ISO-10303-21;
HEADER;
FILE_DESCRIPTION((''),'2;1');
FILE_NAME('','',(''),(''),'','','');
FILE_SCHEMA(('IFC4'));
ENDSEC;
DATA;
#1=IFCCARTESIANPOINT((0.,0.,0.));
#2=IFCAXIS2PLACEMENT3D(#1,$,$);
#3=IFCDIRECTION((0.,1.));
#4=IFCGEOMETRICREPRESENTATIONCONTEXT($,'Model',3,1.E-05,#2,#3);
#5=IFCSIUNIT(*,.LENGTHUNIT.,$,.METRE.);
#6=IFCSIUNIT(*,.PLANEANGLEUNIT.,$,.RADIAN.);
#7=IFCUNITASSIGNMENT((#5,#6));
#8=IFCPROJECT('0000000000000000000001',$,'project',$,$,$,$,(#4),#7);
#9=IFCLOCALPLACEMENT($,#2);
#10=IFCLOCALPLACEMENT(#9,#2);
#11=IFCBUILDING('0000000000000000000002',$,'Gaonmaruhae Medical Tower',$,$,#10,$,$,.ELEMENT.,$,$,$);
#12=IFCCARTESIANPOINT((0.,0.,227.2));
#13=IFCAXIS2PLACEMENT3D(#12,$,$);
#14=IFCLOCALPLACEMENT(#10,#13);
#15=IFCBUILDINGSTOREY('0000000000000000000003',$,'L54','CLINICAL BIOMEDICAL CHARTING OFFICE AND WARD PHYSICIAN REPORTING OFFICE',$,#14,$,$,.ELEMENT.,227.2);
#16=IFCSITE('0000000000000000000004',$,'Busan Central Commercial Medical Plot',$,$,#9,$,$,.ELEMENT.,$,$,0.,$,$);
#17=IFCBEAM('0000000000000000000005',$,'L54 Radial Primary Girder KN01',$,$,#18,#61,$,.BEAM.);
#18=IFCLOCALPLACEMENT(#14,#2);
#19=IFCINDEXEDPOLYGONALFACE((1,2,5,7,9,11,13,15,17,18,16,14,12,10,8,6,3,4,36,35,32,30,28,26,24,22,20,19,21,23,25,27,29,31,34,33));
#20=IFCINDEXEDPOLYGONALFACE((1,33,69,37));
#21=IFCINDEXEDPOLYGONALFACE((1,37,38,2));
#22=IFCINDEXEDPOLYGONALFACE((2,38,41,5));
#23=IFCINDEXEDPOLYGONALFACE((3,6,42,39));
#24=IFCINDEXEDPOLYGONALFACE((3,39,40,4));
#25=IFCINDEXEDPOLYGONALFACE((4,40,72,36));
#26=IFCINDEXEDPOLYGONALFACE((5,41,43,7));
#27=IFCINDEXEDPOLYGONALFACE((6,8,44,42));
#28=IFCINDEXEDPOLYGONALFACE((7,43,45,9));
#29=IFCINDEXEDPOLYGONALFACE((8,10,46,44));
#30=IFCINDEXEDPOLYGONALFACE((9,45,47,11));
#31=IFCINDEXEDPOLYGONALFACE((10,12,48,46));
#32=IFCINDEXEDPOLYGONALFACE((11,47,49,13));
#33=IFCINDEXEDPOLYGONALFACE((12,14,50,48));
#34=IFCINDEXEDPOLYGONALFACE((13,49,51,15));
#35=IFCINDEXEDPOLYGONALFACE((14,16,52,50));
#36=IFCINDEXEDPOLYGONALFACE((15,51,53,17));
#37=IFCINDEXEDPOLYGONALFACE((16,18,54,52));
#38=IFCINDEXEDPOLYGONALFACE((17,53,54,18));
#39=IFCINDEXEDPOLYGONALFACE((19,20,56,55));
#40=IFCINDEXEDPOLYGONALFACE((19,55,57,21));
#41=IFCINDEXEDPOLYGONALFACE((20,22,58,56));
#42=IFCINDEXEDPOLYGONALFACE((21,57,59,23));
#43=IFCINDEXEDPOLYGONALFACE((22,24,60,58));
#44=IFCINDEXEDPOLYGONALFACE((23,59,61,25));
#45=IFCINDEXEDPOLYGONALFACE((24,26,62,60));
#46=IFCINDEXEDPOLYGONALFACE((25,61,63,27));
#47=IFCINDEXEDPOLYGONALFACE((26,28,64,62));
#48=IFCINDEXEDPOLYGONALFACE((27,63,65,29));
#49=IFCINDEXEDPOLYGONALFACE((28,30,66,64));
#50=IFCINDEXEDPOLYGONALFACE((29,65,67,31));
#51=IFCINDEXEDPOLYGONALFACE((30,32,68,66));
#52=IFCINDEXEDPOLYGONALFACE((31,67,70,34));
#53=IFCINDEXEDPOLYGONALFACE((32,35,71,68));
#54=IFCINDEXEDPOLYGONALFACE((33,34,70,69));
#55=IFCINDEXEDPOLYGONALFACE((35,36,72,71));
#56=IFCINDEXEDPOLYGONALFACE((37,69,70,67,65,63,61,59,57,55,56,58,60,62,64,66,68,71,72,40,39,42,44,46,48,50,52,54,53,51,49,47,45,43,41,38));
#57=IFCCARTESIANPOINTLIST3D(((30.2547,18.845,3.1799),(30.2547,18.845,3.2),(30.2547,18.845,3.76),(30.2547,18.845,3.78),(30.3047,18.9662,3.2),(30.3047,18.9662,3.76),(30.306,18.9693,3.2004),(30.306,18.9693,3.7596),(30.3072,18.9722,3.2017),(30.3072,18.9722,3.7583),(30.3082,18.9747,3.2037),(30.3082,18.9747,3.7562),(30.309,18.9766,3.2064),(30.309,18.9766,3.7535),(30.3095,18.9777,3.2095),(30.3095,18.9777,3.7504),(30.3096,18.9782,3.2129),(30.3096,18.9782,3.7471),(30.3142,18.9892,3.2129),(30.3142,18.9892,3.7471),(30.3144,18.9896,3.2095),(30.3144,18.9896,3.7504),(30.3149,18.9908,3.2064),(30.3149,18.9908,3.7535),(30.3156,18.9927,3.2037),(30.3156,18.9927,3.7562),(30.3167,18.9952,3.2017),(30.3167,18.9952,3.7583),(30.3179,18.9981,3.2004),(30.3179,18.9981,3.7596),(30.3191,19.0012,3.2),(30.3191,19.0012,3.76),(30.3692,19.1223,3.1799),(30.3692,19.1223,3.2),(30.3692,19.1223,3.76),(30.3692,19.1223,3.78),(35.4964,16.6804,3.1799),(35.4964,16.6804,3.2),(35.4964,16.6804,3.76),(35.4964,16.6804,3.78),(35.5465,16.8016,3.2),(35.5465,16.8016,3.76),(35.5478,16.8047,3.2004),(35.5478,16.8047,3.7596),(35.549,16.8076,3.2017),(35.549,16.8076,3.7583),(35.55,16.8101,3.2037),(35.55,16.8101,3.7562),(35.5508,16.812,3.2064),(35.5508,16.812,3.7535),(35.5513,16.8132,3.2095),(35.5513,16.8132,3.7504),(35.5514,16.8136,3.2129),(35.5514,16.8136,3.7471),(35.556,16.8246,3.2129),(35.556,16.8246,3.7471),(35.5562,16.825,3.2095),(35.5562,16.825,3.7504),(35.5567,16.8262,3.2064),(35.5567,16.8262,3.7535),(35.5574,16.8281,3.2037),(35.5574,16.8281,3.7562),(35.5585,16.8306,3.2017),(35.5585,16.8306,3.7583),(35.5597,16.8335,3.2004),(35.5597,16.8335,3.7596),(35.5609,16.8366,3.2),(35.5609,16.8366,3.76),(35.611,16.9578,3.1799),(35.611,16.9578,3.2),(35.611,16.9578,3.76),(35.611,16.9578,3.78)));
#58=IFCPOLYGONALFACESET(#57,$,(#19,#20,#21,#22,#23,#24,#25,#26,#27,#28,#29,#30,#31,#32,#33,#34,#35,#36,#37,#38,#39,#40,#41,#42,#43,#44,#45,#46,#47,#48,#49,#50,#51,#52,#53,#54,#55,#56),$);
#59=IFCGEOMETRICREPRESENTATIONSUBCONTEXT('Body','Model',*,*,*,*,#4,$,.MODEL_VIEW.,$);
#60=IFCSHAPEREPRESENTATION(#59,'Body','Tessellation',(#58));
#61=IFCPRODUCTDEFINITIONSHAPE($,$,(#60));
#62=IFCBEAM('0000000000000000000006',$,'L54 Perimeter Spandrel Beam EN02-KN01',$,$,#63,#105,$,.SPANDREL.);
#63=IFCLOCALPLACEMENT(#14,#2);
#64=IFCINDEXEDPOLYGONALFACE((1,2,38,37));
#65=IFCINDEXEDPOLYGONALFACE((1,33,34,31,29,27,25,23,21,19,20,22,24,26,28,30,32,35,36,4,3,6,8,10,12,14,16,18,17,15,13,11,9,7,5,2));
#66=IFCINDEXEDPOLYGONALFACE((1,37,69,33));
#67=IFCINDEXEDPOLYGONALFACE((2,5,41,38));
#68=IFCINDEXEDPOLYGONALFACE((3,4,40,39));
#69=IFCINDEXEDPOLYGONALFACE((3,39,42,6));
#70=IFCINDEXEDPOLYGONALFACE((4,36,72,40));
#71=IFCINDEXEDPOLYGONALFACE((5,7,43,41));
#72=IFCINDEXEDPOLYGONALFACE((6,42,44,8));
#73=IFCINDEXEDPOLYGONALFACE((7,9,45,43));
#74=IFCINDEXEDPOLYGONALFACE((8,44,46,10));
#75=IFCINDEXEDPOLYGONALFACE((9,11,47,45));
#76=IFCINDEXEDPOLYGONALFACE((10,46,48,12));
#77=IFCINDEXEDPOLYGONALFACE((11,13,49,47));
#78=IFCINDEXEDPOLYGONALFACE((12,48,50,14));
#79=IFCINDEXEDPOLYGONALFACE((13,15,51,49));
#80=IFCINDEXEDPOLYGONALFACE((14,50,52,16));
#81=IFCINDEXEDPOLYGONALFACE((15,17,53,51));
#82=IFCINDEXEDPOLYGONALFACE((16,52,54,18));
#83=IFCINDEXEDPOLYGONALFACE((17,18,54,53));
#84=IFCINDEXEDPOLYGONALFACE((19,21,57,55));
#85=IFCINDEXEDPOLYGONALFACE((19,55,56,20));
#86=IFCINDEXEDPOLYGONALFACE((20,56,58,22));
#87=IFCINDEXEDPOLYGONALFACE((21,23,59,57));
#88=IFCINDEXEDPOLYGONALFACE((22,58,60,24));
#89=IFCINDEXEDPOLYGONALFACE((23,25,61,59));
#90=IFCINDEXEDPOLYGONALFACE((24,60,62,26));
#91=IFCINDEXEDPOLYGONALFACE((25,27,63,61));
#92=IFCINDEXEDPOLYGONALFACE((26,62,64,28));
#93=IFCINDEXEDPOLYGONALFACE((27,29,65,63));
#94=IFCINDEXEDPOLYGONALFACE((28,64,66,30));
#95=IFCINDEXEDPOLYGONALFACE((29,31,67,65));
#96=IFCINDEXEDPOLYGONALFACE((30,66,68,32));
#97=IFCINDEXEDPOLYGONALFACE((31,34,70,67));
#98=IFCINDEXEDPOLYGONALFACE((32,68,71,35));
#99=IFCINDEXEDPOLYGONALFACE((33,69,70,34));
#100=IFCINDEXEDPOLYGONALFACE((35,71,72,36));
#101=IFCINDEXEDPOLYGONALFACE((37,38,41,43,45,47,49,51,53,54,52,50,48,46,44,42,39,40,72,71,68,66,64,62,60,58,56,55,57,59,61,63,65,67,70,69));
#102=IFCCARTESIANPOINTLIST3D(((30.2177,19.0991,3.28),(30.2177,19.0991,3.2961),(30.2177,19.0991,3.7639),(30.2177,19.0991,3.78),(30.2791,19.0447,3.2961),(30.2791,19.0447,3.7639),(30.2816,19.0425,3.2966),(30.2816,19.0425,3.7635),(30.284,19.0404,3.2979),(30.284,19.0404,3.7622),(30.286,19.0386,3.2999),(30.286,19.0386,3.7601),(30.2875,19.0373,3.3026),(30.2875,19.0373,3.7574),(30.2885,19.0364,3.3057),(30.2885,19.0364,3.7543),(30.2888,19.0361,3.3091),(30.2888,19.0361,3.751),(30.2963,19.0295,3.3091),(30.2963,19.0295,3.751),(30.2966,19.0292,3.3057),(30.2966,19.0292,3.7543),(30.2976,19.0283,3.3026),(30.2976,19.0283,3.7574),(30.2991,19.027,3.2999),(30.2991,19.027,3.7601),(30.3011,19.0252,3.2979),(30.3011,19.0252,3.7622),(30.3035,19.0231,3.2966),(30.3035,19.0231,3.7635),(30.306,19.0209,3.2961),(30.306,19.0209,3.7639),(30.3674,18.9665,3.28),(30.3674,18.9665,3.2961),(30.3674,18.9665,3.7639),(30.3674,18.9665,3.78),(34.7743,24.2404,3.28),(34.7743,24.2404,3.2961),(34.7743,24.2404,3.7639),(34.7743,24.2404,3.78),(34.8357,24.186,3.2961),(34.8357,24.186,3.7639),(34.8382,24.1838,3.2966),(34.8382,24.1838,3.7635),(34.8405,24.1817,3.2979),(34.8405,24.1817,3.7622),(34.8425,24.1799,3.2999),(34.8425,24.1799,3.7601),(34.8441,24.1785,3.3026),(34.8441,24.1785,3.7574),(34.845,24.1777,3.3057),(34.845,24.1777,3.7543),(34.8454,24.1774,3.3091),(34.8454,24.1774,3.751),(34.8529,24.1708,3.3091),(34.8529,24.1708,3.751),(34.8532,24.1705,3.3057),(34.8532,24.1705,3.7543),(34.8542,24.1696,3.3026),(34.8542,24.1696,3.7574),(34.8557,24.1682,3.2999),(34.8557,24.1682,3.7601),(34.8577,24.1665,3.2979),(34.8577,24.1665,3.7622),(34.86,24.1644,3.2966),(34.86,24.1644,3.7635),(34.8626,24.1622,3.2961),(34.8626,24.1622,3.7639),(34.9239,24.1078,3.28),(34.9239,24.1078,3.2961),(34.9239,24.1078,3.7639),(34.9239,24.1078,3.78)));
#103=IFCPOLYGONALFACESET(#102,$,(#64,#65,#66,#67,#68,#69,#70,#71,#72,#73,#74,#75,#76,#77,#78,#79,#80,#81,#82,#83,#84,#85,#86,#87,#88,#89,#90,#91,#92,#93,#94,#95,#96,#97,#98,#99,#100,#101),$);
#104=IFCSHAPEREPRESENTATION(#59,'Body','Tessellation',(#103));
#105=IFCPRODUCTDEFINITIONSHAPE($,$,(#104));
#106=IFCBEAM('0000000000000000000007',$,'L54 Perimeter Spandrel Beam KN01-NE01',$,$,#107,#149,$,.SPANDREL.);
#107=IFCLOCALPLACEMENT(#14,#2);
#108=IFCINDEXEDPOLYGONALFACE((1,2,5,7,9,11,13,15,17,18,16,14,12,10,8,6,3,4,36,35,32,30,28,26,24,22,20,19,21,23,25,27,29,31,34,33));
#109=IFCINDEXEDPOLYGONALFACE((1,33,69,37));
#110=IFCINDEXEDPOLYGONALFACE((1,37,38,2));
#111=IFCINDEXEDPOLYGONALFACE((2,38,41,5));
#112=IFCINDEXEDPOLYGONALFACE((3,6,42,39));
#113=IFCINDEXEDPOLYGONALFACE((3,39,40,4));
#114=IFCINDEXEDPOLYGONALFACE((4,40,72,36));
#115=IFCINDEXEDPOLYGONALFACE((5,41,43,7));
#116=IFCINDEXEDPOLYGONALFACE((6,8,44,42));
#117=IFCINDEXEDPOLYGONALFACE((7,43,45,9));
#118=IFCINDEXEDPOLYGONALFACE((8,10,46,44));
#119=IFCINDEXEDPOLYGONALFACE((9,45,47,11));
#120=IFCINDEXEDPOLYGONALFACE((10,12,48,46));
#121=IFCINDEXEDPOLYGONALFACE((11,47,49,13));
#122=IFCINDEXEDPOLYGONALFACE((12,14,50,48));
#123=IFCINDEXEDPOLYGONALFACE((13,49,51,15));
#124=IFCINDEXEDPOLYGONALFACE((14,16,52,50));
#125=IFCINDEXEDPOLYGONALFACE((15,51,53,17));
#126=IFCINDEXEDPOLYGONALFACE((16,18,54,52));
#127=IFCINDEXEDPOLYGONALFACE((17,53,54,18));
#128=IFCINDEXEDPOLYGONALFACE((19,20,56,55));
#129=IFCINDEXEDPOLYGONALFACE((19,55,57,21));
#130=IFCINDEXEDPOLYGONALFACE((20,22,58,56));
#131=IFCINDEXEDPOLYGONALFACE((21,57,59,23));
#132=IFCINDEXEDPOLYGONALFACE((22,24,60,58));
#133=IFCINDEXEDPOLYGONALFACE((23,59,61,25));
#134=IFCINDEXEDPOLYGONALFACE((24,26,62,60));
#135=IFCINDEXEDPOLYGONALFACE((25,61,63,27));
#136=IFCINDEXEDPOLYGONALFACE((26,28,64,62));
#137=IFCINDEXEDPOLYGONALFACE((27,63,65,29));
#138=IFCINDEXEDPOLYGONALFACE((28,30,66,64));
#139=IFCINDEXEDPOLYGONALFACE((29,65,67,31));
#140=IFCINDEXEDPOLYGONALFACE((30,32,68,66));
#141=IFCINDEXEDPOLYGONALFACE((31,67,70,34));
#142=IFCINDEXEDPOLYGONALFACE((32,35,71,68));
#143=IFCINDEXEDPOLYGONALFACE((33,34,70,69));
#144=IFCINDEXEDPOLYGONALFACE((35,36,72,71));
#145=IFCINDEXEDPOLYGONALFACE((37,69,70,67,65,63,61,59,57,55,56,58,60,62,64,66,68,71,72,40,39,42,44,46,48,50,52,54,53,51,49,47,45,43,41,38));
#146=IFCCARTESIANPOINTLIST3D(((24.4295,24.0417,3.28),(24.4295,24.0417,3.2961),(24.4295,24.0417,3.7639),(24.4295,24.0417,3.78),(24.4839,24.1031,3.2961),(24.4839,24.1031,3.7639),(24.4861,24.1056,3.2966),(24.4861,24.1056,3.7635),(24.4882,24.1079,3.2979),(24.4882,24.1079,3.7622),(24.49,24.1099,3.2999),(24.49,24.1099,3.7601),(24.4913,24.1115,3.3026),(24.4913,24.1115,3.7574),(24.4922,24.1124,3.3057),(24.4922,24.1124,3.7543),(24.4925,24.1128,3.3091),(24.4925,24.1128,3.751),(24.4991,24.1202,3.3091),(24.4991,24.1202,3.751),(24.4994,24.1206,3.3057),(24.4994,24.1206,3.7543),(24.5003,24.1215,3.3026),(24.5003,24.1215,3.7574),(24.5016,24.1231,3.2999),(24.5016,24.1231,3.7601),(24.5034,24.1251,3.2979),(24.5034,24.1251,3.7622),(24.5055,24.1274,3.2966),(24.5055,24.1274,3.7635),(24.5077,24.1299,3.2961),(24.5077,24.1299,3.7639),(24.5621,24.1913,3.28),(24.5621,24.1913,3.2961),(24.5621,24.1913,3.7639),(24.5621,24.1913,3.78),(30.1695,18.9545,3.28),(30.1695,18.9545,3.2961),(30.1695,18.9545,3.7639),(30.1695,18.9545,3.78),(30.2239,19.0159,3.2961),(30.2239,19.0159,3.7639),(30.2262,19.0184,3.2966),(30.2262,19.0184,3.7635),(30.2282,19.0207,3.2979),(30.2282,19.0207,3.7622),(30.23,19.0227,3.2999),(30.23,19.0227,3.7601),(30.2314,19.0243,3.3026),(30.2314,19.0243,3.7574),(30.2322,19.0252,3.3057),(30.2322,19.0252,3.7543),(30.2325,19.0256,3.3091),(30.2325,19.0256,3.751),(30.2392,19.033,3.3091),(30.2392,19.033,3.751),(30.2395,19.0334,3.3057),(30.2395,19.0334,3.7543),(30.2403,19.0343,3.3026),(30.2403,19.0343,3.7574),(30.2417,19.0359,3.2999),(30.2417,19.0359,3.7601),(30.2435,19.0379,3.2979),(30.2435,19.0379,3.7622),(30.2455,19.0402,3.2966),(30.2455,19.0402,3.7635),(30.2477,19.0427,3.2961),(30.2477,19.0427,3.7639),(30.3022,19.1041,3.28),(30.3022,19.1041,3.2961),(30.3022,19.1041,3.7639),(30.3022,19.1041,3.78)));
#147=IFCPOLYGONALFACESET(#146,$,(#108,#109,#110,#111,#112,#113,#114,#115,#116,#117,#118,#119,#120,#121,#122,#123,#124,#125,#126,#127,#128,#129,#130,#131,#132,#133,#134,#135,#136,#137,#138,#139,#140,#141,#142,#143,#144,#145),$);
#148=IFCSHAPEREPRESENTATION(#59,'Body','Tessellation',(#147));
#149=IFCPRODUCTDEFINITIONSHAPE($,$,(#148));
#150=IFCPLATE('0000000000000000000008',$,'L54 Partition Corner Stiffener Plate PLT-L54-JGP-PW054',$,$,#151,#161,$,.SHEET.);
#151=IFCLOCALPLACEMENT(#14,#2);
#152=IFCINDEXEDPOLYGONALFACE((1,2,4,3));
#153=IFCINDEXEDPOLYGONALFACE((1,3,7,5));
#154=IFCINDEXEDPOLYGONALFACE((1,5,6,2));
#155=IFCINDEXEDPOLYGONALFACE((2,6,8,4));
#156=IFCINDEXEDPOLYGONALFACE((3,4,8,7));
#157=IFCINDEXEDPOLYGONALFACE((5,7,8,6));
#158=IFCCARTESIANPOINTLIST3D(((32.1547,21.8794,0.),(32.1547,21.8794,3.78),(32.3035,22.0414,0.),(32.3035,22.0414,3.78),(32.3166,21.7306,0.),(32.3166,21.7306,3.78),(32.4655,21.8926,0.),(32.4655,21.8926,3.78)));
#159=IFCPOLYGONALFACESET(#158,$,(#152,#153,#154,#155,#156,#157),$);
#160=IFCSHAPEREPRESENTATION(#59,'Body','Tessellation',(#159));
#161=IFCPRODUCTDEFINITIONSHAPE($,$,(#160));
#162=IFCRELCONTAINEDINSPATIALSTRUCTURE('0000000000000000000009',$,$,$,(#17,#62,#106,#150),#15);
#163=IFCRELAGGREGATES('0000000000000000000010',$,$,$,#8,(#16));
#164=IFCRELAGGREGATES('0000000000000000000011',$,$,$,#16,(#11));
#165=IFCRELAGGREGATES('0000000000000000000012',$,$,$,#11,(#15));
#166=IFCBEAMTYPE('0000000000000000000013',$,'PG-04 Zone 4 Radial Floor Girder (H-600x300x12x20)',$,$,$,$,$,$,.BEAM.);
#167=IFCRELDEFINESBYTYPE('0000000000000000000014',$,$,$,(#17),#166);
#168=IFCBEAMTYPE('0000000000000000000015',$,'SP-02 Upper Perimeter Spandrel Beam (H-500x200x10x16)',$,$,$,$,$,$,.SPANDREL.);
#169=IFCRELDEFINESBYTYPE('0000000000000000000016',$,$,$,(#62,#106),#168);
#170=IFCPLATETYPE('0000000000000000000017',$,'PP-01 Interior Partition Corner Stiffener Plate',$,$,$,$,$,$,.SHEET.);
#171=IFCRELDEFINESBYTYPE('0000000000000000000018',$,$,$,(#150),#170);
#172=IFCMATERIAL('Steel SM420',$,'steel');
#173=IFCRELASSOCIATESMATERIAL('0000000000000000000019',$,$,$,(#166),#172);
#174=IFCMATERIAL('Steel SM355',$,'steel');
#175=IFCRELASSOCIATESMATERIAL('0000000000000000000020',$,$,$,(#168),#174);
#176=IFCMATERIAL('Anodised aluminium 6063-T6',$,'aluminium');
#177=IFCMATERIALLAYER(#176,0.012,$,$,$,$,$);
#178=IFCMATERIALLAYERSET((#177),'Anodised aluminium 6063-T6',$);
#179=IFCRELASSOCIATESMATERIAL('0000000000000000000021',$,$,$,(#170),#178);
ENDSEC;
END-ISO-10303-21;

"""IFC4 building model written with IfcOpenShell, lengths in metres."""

from ifc_helpers import new_model, si_unit, direction, frame, origin, origin_2d, place, context, subcontext, project, spatial, rectangle, i_section, extrude, material, layer, layer_set, material_profile, profile_set, type_object, element, save


model = new_model("IFC4")

# Units and contexts
model_context = context("Model", 3, precision=1e-05, world=origin(), true_north=direction((0.0, 1.0)))
body_context = subcontext(model_context, "Body", "Model", "MODEL_VIEW")
ifc_project = project(units=[si_unit("LENGTHUNIT", "METRE"), si_unit("PLANEANGLEUNIT", "RADIAN")], contexts=[model_context])

# Site, building, storey
site_placement = place(None, origin())
site = spatial("IfcSite", under=ifc_project, at=site_placement, Name="Busan Central Commercial Medical Plot", CompositionType="ELEMENT", RefElevation=0.0)
building_placement = place(site_placement, origin())
building = spatial("IfcBuilding", under=site, at=building_placement, Name="Gaonmaruhae Medical Tower", CompositionType="ELEMENT")
storey_placement = place(building_placement, frame((0.0, 0.0, 227.2)))
storey = spatial("IfcBuildingStorey", under=building, at=storey_placement, Name="L54", Description="CLINICAL BIOMEDICAL CHARTING OFFICE AND WARD PHYSICIAN REPORTING OFFICE", CompositionType="ELEMENT", Elevation=227.2)

# Beams
ifc_material_1 = material(Name="Steel SM355", Category="steel")
ifc_material_2 = material(Name="Steel SM420", Category="steel")
ifc_material_profile_1 = material_profile(ifc_material_2, i_section(OverallWidth=0.3, OverallDepth=0.6001, WebThickness=0.012, FlangeThickness=0.02, FilletRadius=0.0129, at=origin_2d()), Name="H-600x300x12x20")
ifc_profile_set_1 = profile_set([ifc_material_profile_1], Name="Steel SM420")
beam_type_1 = type_object("IfcBeamType", Name="PG-04 Zone 4 Radial Floor Girder (H-600x300x12x20)", PredefinedType="BEAM", material=ifc_profile_set_1)
beam_1_placement = place(storey_placement, frame((35.5537, 16.8191, 3.48), z_axis=(-0.924292, 0.381685, 0.0), x_axis=(-0.381685, -0.924292, 0.0)))
element("IfcBeam", 1, at=beam_1_placement, inside=storey, type_object=beam_type_1, Name="L54 Radial Primary Girder KN01", PredefinedType="BEAM", context=body_context, shape_type="SweptSolid", body=[
    extrude(i_section(OverallWidth=0.3, OverallDepth=0.6001, WebThickness=0.012, FlangeThickness=0.02, FilletRadius=0.0129, at=origin_2d()), origin(), (0.0, 0.0, 1.0), 5.6711),
])
ifc_material_profile_2 = material_profile(ifc_material_1, i_section(OverallWidth=0.2, OverallDepth=0.5, WebThickness=0.01, FlangeThickness=0.0161, FilletRadius=0.0129, at=origin_2d()), Name="H-500x200x10x16")
ifc_profile_set_2 = profile_set([ifc_material_profile_2], Name="Steel SM355")
beam_type_2 = type_object("IfcBeamType", Name="SP-02 Upper Perimeter Spandrel Beam (H-500x200x10x16)", PredefinedType="SPANDREL", material=ifc_profile_set_2)
beam_2_placement = place(storey_placement, frame((34.8491, 24.1741, 3.53), z_axis=(-0.663269, -0.748381, 0.0), x_axis=(0.748381, -0.663269, 0.0)))
element("IfcBeam", 2, at=beam_2_placement, inside=storey, type_object=beam_type_2, Name="L54 Perimeter Spandrel Beam EN02-KN01", PredefinedType="SPANDREL", context=body_context, shape_type="SweptSolid", body=[
    extrude(i_section(OverallWidth=0.2, OverallDepth=0.5, WebThickness=0.01, FlangeThickness=0.0161, FilletRadius=0.0129, at=origin_2d()), origin(), (0.0, 0.0, 1.0), 6.8699),
])
beam_3_placement = place(storey_placement, frame((30.2358, 19.0293, 3.53), z_axis=(-0.748383, 0.663267, 0.0), x_axis=(-0.663267, -0.748383, 0.0)))
element("IfcBeam", 3, at=beam_3_placement, inside=storey, type_object=beam_type_2, Name="L54 Perimeter Spandrel Beam KN01-NE01", PredefinedType="SPANDREL", context=body_context, shape_type="SweptSolid", body=[
    extrude(i_section(OverallWidth=0.2, OverallDepth=0.5, WebThickness=0.01, FlangeThickness=0.0161, FilletRadius=0.0129, at=origin_2d()), origin(), (0.0, 0.0, 1.0), 7.6699),
])

# Plate
ifc_material_3 = material(Name="Anodised aluminium 6063-T6", Category="aluminium")
ifc_layer_1 = layer(ifc_material_3, 0.012)
ifc_layer_set_1 = layer_set([ifc_layer_1], Name="Anodised aluminium 6063-T6")
plate_type = type_object("IfcPlateType", Name="PP-01 Interior Partition Corner Stiffener Plate", PredefinedType="SHEET", material=ifc_layer_set_1)
plate_placement = place(storey_placement, frame((32.3101, 21.886, 0.0), z_axis=(0.0, 0.0, 1.0), x_axis=(-0.736392, 0.676555, 0.0)))
element("IfcPlate", 4, at=plate_placement, inside=storey, type_object=plate_type, Name="L54 Partition Corner Stiffener Plate PLT-L54-JGP-PW054", PredefinedType="SHEET", context=body_context, shape_type="SweptSolid", body=[
    extrude(rectangle(XDim=0.22, YDim=0.22, at=origin_2d()), origin(), (0.0, 0.0, 1.0), 3.78),
])

save(model, "model.ifc")
